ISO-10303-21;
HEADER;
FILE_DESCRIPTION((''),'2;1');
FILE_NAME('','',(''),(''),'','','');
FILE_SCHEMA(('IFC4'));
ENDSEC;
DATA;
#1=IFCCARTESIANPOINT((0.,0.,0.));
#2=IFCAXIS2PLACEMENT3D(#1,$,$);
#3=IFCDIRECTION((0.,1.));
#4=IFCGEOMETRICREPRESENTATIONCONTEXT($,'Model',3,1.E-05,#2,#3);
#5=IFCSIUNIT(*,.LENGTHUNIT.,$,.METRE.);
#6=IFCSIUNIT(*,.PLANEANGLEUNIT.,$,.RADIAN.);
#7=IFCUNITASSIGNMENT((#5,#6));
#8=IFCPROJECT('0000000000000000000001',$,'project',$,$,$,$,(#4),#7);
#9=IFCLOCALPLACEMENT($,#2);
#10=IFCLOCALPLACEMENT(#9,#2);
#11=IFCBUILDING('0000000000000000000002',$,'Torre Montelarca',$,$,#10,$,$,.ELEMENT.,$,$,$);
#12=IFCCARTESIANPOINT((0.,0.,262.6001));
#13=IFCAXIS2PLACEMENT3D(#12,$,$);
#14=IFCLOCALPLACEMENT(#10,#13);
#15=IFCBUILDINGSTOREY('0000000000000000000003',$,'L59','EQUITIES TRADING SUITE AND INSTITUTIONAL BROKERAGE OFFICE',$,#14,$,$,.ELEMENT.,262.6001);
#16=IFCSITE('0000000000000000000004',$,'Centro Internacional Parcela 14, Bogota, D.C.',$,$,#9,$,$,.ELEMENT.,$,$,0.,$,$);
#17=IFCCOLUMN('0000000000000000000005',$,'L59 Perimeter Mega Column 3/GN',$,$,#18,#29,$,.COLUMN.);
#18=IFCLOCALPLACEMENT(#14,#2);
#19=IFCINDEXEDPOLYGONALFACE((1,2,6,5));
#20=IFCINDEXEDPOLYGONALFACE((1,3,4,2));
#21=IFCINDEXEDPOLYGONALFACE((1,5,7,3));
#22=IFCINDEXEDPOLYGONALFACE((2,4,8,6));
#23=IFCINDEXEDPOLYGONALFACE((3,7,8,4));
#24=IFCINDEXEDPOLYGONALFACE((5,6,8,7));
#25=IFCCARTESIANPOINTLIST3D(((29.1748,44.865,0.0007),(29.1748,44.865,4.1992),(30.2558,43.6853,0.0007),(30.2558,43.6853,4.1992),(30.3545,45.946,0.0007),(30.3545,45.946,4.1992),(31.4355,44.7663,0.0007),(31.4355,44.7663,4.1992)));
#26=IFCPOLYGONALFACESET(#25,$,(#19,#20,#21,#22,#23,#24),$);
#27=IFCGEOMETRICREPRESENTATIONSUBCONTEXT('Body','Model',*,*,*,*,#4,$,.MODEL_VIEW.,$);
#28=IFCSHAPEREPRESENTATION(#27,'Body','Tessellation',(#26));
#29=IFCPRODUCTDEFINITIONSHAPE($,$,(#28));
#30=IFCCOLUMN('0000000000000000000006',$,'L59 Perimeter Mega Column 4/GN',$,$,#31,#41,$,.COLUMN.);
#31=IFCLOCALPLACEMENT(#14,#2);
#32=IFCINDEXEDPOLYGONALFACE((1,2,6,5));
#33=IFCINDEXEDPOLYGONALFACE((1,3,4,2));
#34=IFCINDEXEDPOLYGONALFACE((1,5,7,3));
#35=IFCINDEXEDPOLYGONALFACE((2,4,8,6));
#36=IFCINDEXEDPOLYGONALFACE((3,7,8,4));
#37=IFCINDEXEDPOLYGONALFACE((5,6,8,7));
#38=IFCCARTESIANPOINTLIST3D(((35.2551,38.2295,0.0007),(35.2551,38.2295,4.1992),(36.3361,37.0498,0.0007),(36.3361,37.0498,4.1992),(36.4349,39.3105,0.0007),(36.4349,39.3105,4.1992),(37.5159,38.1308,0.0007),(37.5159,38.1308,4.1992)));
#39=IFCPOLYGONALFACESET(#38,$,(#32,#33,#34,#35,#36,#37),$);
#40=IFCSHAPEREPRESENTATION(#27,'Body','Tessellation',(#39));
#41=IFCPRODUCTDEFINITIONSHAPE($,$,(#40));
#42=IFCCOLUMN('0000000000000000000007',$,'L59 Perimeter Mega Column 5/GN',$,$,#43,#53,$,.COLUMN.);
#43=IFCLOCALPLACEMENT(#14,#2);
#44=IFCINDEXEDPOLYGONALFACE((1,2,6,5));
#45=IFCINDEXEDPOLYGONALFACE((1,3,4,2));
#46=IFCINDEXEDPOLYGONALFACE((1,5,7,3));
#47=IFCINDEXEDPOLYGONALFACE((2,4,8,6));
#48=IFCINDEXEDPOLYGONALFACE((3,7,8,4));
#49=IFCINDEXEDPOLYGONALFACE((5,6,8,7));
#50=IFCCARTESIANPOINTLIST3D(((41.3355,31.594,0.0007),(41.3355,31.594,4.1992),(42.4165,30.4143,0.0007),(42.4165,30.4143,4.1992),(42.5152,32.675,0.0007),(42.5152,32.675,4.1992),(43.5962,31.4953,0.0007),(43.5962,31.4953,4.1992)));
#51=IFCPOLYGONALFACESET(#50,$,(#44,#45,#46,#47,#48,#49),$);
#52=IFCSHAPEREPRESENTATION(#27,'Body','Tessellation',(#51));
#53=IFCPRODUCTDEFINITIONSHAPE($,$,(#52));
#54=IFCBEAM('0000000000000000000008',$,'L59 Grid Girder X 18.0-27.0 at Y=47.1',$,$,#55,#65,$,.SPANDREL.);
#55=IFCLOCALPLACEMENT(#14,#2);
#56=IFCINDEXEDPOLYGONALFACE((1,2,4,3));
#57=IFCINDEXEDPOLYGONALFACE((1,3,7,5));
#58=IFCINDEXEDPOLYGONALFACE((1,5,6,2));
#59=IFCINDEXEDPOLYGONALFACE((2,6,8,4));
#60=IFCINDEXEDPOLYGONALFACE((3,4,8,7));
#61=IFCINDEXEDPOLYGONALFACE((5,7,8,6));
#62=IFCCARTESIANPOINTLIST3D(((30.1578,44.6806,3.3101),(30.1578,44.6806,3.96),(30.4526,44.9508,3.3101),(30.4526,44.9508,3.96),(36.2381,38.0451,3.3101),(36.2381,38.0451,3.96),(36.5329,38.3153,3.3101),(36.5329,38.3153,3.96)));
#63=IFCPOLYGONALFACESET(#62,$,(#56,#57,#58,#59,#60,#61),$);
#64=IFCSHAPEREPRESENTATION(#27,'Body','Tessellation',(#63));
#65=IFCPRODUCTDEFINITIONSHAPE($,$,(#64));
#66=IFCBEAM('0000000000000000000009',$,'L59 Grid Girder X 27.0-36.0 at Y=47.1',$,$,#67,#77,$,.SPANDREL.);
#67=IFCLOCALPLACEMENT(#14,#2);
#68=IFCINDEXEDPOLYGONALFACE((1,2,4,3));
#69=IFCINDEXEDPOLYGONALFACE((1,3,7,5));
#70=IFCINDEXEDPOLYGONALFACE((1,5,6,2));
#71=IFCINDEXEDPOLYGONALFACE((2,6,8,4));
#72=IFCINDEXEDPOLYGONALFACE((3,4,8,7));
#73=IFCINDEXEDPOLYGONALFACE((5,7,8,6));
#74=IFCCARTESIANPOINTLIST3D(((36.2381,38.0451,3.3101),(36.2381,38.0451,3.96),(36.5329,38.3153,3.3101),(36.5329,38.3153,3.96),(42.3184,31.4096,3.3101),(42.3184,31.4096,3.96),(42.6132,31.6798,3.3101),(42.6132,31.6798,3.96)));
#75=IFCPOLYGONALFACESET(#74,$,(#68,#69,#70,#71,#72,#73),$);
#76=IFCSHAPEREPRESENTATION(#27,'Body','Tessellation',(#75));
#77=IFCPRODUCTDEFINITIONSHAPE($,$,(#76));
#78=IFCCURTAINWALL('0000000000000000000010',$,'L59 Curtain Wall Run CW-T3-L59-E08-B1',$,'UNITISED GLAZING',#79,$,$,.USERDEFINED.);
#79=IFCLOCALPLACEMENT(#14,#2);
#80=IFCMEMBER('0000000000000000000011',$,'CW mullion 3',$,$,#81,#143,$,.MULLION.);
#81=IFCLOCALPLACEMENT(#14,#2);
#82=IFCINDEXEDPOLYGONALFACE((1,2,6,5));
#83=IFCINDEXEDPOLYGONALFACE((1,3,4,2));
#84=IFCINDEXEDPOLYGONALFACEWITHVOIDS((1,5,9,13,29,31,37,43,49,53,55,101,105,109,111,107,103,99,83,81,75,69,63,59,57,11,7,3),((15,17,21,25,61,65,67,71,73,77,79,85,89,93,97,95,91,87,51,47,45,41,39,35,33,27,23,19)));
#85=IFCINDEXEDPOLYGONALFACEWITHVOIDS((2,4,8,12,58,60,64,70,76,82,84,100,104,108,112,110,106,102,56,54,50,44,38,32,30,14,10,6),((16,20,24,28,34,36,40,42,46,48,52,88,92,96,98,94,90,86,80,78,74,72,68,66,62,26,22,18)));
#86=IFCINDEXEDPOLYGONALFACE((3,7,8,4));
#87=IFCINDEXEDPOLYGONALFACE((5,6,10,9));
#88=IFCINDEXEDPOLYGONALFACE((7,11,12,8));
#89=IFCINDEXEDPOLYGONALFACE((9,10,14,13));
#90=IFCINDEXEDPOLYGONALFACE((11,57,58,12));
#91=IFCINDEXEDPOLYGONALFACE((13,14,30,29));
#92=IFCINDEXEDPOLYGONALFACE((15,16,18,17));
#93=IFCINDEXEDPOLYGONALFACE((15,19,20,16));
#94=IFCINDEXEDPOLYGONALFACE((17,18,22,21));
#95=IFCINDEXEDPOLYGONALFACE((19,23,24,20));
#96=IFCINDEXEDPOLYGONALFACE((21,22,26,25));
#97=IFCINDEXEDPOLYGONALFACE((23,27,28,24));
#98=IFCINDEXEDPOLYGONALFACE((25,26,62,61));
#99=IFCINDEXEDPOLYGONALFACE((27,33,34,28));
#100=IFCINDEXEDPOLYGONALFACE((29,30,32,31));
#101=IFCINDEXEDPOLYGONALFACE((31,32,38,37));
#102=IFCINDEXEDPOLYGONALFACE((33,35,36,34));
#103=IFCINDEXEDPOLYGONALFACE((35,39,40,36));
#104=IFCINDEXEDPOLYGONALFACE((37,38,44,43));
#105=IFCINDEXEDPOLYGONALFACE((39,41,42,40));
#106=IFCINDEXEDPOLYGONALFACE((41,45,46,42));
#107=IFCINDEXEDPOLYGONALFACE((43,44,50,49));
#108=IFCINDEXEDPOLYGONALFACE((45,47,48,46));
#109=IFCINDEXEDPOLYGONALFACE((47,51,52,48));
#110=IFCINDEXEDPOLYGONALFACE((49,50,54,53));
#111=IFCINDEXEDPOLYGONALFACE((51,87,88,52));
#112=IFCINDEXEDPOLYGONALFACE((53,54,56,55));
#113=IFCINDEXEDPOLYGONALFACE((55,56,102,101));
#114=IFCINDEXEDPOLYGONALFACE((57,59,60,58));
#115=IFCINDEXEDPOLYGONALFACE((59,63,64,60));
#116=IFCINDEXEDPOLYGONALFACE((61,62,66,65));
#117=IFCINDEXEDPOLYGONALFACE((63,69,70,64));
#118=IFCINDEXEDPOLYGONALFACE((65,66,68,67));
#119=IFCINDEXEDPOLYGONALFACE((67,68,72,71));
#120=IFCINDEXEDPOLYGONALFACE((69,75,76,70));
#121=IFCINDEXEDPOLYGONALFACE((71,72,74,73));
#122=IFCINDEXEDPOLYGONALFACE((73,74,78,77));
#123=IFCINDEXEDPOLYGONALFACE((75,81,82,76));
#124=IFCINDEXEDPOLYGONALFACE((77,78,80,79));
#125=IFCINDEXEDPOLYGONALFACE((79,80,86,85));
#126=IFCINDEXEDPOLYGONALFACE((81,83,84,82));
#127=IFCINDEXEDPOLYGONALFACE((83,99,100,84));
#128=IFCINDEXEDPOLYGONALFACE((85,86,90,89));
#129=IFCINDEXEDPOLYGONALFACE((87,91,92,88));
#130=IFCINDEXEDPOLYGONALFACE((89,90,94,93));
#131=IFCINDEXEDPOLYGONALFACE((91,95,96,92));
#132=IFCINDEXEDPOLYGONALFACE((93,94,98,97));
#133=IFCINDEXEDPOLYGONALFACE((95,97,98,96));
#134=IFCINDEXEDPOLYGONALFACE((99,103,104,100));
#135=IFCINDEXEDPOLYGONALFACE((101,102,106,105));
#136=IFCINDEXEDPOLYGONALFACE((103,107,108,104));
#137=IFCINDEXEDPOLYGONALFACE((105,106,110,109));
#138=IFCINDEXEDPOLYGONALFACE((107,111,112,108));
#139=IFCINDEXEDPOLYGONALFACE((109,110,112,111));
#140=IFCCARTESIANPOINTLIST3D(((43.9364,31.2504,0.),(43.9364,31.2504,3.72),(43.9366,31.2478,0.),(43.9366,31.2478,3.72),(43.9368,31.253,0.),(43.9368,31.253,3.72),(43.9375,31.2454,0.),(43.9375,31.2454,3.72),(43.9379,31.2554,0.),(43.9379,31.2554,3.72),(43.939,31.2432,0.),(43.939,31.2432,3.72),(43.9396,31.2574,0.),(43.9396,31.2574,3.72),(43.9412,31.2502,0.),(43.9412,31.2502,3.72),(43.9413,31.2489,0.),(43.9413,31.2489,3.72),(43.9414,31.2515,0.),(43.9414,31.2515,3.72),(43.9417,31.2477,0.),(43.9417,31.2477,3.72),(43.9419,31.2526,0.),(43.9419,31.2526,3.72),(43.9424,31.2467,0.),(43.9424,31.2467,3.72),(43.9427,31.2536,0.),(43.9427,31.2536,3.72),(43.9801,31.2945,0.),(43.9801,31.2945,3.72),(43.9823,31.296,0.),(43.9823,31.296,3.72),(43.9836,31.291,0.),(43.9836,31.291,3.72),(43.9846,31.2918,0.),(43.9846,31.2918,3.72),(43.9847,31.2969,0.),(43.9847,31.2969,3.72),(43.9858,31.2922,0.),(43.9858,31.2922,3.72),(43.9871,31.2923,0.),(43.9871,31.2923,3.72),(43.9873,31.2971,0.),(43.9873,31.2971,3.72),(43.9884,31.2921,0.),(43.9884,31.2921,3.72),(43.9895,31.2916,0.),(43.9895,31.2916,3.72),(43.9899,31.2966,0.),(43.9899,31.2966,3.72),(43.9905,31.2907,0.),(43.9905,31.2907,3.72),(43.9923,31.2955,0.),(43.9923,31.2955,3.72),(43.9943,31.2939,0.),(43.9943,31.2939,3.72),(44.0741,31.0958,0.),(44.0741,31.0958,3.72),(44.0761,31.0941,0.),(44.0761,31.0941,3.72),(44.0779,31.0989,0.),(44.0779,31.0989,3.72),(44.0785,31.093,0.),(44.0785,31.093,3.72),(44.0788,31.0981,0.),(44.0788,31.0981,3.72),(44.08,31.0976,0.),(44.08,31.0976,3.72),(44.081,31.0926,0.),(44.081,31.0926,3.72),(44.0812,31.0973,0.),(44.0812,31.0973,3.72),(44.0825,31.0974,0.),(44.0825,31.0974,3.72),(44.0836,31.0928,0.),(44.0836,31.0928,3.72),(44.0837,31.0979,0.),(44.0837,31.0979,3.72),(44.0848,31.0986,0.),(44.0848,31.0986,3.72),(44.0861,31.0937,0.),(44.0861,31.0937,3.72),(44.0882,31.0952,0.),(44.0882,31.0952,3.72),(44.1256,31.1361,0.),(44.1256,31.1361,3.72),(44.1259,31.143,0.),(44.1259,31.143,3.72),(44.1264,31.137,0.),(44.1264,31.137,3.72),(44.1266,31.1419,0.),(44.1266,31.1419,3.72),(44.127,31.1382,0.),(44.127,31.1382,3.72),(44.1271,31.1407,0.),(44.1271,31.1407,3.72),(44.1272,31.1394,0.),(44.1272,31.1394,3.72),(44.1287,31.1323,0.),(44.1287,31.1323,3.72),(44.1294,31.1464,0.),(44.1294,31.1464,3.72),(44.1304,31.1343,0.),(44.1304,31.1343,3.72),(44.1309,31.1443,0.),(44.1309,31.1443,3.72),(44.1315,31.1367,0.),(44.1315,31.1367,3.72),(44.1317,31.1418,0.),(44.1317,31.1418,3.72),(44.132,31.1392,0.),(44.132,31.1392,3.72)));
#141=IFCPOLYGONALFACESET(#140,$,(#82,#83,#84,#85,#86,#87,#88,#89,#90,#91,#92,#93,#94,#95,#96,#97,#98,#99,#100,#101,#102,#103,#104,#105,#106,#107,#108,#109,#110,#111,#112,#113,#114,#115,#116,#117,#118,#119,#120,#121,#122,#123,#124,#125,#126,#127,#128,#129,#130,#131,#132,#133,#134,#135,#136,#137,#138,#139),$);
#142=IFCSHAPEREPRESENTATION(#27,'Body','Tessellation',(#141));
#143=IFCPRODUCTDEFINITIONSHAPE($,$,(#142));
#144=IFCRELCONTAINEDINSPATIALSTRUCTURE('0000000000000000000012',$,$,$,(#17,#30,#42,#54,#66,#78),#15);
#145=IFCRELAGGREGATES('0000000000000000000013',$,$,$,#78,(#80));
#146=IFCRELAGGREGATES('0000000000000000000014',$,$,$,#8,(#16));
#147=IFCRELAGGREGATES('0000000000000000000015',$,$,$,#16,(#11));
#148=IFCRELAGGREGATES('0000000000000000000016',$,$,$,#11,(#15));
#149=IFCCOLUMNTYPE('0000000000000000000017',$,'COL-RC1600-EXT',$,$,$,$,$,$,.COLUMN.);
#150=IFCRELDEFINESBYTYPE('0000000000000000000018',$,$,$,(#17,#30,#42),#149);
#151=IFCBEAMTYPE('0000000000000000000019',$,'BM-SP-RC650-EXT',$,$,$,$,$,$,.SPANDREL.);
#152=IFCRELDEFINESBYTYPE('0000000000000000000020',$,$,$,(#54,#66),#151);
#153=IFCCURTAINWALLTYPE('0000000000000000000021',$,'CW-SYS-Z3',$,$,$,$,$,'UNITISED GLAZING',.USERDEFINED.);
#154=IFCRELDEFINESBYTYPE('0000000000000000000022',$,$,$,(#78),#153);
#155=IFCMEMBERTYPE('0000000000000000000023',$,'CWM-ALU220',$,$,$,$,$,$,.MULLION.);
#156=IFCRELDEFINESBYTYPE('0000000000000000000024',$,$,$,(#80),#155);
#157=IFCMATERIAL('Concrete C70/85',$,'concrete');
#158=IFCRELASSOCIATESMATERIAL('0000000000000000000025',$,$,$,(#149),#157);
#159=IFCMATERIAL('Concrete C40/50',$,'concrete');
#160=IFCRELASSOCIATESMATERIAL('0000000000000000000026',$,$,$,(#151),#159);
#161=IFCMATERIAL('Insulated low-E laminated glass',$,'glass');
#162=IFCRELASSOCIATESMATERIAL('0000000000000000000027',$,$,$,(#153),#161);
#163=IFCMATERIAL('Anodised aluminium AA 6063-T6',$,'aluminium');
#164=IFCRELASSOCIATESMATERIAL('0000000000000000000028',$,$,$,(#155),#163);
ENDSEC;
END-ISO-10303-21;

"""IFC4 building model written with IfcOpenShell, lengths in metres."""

from ifc_helpers import new_model, si_unit, direction, frame, origin, origin_2d, place, context, subcontext, project, spatial, rectangle, hollow_rectangle, extrude, source, transform, mapped, material, material_profile, profile_set, type_object, element, aggregate, save


model = new_model("IFC4")

# Units and contexts
model_context = context("Model", 3, precision=1e-05, world=origin(), true_north=direction((0.0, 1.0)))
body_context = subcontext(model_context, "Body", "Model", "MODEL_VIEW")
ifc_project = project(units=[si_unit("LENGTHUNIT", "METRE"), si_unit("PLANEANGLEUNIT", "RADIAN")], contexts=[model_context])

# Site, building, storey
site_placement = place(None, origin())
site = spatial("IfcSite", under=ifc_project, at=site_placement, Name="Centro Internacional Parcela 14, Bogota, D.C.", CompositionType="ELEMENT", RefElevation=0.0)
building_placement = place(site_placement, origin())
building = spatial("IfcBuilding", under=site, at=building_placement, Name="Torre Montelarca", CompositionType="ELEMENT")
storey_placement = place(building_placement, frame((0.0, 0.0, 262.6001)))
storey = spatial("IfcBuildingStorey", under=building, at=storey_placement, Name="L59", Description="EQUITIES TRADING SUITE AND INSTITUTIONAL BROKERAGE OFFICE", CompositionType="ELEMENT", Elevation=262.6001)

# Columns
ifc_material_1 = material(Name="Concrete C70/85", Category="concrete")
ifc_material_profile_1 = material_profile(ifc_material_1, rectangle(XDim=1.6001, YDim=1.6001, at=origin_2d()), Name="RC1600X1600", Category="concrete")
ifc_profile_set_1 = profile_set([ifc_material_profile_1], Name="Concrete C70/85")
column_type = type_object("IfcColumnType", Name="COL-RC1600-EXT", PredefinedType="COLUMN", material=ifc_profile_set_1)
shared_shape_1 = source(origin(), body_context, "Body", "SweptSolid", [
    extrude(rectangle(XDim=1.6001, YDim=1.6001, at=origin_2d()), origin(), (0.0, 0.0, 1.0), 4.1985),
])
for number, where, z_axis, x_axis, name in (
    (1, (30.3052, 44.8157, 0.0007), (0.0, 0.0, 1.0), (-0.67559, 0.737277, 0.0), "L59 Perimeter Mega Column 3/GN"),
    (2, (36.3855, 38.1802, 0.0007), (0.0, 0.0, 1.0), (-0.67559, 0.737277, 0.0), "L59 Perimeter Mega Column 4/GN"),
    (3, (42.4658, 31.5447, 0.0007), (0.0, 0.0, 1.0), (-0.67559, 0.737277, 0.0), "L59 Perimeter Mega Column 5/GN"),
):
    element("IfcColumn", number, at=place(storey_placement, frame(where, z_axis=z_axis, x_axis=x_axis)), inside=storey, type_object=column_type, Name=name, PredefinedType="COLUMN", context=body_context, shape_type="MappedRepresentation", body=[
        mapped(shared_shape_1, transform((0.0, 0.0, 0.0), scale=1.0)),
    ])

# Beams
ifc_material_2 = material(Name="Concrete C40/50", Category="concrete")
ifc_material_profile_2 = material_profile(ifc_material_2, rectangle(XDim=0.3999, YDim=0.6499, at=origin_2d()), Name="RCB400X650", Category="concrete")
ifc_profile_set_2 = profile_set([ifc_material_profile_2], Name="Concrete C40/50")
beam_type = type_object("IfcBeamType", Name="BM-SP-RC650-EXT", PredefinedType="SPANDREL", material=ifc_profile_set_2)
shared_shape_2 = source(origin(), body_context, "Body", "SweptSolid", [
    extrude(rectangle(XDim=0.3999, YDim=0.6499, at=origin_2d()), origin(), (0.0, 0.0, 1.0), 9.0),
])
for number, where, z_axis, x_axis, name in (
    (4, (30.3052, 44.8157, 3.635), (0.675591, -0.737277, 0.0), (0.737277, 0.675591, 0.0), "L59 Grid Girder X 18.0-27.0 at Y=47.1"),
    (5, (36.3855, 38.1802, 3.635), (0.675591, -0.737277, 0.0), (0.737277, 0.675591, 0.0), "L59 Grid Girder X 27.0-36.0 at Y=47.1"),
):
    element("IfcBeam", number, at=place(storey_placement, frame(where, z_axis=z_axis, x_axis=x_axis)), inside=storey, type_object=beam_type, Name=name, PredefinedType="SPANDREL", context=body_context, shape_type="MappedRepresentation", body=[
        mapped(shared_shape_2, transform((0.0, 0.0, 0.0), scale=1.0)),
    ])

# Curtain wall, member
ifc_material_3 = material(Name="Insulated low-E laminated glass", Category="glass")
curtain_wall_type = type_object("IfcCurtainWallType", Name="CW-SYS-Z3", ElementType="UNITISED GLAZING", PredefinedType="USERDEFINED", material=ifc_material_3)
curtain_wall_1_placement = place(storey_placement, origin())
curtain_wall_1 = element("IfcCurtainWall", 6, at=curtain_wall_1_placement, inside=storey, type_object=curtain_wall_type, Name="L59 Curtain Wall Run CW-T3-L59-E08-B1", ObjectType="UNITISED GLAZING", PredefinedType="USERDEFINED")
ifc_material_4 = material(Name="Anodised aluminium AA 6063-T6", Category="aluminium")
ifc_material_profile_3 = material_profile(ifc_material_4, hollow_rectangle(XDim=0.075, YDim=0.22, WallThickness=0.0049, InnerFilletRadius=0.0049, OuterFilletRadius=0.01, at=origin_2d()), Name="ALU75X220X5", Category="aluminium")
ifc_profile_set_3 = profile_set([ifc_material_profile_3], Name="Anodised aluminium AA 6063-T6")
member_type_1 = type_object("IfcMemberType", Name="CWM-ALU220", PredefinedType="MULLION", material=ifc_profile_set_3)
shared_shape_3 = source(origin(), body_context, "Body", "SweptSolid", [
    extrude(hollow_rectangle(XDim=0.075, YDim=0.22, WallThickness=0.0049, InnerFilletRadius=0.0049, OuterFilletRadius=0.01, at=origin_2d()), origin(), (0.0, 0.0, 1.0), 3.72),
])
member_1_placement = place(storey_placement, frame((44.0342, 31.1948, 0.0), z_axis=(0.0, 0.0, 1.0), x_axis=(-0.737286, -0.67558, 0.0)))
member_1 = element("IfcMember", 7, at=member_1_placement, type_object=member_type_1, Name="CW mullion 3", PredefinedType="MULLION", context=body_context, shape_type="MappedRepresentation", body=[
    mapped(shared_shape_3, transform((0.0, 0.0, 0.0), scale=1.0)),
])
aggregate(curtain_wall_1, [member_1])

save(model, "model.ifc")
